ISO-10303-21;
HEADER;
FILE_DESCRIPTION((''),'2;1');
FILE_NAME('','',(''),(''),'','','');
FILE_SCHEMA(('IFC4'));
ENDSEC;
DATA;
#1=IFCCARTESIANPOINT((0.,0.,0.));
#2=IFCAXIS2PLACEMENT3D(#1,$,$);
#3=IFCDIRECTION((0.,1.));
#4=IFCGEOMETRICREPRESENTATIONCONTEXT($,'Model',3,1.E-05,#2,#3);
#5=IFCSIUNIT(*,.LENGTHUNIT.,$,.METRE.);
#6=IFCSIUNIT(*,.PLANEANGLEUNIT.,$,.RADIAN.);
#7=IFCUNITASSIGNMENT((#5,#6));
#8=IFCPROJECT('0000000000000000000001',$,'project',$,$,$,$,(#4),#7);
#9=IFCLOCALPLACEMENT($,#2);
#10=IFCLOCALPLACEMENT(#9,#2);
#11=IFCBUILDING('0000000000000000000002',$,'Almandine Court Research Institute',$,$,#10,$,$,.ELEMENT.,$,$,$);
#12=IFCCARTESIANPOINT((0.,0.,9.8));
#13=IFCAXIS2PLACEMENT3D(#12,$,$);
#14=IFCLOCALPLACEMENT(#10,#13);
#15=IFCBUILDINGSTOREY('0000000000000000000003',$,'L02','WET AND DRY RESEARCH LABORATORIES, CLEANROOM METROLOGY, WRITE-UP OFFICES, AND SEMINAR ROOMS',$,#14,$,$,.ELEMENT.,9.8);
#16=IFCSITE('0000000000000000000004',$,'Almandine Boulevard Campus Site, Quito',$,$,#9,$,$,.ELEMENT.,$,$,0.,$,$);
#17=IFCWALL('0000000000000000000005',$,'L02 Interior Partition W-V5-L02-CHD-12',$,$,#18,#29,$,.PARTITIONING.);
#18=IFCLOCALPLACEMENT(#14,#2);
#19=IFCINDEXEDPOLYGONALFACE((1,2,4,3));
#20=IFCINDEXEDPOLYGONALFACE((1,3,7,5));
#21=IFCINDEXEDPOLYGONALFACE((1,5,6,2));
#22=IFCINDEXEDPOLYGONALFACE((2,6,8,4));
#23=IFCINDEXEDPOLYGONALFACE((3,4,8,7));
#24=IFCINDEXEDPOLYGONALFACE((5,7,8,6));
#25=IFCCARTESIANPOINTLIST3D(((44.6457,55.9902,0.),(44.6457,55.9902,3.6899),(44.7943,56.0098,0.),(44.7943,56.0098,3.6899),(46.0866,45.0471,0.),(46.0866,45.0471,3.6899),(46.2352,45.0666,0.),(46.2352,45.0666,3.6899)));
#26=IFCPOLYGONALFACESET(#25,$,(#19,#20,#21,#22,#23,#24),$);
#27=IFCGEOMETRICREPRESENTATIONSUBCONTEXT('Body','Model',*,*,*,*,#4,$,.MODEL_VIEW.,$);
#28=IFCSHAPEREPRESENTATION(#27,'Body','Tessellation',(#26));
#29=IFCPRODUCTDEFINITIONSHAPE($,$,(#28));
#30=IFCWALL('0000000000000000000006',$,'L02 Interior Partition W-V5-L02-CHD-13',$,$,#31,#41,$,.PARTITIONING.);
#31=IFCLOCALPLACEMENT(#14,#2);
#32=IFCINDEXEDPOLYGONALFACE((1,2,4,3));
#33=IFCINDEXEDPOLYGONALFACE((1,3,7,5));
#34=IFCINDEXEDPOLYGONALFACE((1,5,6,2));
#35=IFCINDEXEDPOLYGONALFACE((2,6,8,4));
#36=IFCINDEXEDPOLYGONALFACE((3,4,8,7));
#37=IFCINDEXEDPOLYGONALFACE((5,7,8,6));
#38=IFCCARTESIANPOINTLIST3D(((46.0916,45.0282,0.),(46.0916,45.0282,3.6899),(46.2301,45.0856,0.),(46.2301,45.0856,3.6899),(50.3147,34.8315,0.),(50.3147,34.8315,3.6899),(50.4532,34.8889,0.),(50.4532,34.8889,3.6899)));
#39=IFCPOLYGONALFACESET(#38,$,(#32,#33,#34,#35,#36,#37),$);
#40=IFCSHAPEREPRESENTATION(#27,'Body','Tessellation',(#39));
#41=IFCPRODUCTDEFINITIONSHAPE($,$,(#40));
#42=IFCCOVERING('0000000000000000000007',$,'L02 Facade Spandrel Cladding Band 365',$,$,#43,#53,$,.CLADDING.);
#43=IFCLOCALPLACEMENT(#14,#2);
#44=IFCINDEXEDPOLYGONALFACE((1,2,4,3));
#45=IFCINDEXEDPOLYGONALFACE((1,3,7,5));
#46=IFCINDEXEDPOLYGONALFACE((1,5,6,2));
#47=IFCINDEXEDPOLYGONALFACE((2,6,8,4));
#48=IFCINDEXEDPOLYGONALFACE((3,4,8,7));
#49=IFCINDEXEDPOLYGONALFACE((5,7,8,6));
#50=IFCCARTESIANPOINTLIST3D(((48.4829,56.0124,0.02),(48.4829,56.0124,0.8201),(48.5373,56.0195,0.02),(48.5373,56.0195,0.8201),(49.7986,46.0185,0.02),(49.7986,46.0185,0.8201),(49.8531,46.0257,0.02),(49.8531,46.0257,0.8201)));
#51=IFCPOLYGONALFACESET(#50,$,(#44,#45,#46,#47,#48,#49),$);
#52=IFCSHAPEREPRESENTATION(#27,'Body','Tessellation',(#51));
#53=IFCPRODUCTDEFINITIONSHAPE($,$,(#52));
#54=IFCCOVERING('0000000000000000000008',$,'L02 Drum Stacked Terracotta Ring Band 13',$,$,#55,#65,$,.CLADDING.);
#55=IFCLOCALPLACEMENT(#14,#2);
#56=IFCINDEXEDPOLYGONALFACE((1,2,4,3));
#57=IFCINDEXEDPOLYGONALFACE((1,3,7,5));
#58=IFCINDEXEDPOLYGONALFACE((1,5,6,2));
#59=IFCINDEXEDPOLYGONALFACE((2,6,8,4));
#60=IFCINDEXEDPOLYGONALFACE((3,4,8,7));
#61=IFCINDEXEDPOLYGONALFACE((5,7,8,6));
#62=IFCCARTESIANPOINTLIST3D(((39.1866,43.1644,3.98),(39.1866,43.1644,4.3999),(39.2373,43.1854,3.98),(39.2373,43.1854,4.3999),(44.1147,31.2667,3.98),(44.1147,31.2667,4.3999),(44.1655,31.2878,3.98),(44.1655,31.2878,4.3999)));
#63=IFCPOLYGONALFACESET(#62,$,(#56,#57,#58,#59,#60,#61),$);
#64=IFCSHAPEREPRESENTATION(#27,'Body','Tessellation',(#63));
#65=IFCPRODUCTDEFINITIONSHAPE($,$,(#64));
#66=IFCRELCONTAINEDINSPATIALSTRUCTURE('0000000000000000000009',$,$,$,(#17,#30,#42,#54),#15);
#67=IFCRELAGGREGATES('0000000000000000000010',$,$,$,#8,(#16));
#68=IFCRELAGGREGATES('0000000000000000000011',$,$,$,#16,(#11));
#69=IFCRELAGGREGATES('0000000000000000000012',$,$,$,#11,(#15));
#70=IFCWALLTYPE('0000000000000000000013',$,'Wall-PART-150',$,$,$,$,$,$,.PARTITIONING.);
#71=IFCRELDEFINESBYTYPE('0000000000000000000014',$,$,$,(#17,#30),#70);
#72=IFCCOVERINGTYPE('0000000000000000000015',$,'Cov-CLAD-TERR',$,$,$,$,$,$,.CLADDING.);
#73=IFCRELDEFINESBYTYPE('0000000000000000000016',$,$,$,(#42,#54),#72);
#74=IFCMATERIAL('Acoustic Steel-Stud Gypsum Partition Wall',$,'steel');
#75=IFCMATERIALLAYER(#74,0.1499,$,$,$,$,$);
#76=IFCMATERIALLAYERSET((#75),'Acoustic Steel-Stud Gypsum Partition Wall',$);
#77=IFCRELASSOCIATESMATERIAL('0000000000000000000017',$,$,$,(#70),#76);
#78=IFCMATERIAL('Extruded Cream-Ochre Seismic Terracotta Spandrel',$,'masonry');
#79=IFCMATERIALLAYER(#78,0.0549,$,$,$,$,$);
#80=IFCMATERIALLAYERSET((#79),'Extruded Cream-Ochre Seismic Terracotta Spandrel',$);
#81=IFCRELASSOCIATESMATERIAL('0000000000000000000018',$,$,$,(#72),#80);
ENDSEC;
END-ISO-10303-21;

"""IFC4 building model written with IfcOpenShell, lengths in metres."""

from ifc_helpers import new_model, si_unit, direction, frame, frame_2d, origin, origin_2d, place, context, subcontext, project, spatial, rectangle, extrude, material, layer, layer_set, type_object, element, save


model = new_model("IFC4")

# Units and contexts
model_context = context("Model", 3, precision=1e-05, world=origin(), true_north=direction((0.0, 1.0)))
body_context = subcontext(model_context, "Body", "Model", "MODEL_VIEW")
ifc_project = project(units=[si_unit("LENGTHUNIT", "METRE"), si_unit("PLANEANGLEUNIT", "RADIAN")], contexts=[model_context])

# Site, building, storey
site_placement = place(None, origin())
site = spatial("IfcSite", under=ifc_project, at=site_placement, Name="Almandine Boulevard Campus Site, Quito", CompositionType="ELEMENT", RefElevation=0.0)
building_placement = place(site_placement, origin())
building = spatial("IfcBuilding", under=site, at=building_placement, Name="Almandine Court Research Institute", CompositionType="ELEMENT")
storey_placement = place(building_placement, frame((0.0, 0.0, 9.8)))
storey = spatial("IfcBuildingStorey", under=building, at=storey_placement, Name="L02", Description="WET AND DRY RESEARCH LABORATORIES, CLEANROOM METROLOGY, WRITE-UP OFFICES, AND SEMINAR ROOMS", CompositionType="ELEMENT", Elevation=9.8)

# Walls
ifc_material_1 = material(Name="Acoustic Steel-Stud Gypsum Partition Wall", Category="steel")
ifc_layer_1 = layer(ifc_material_1, 0.1499)
ifc_layer_set_1 = layer_set([ifc_layer_1], Name="Acoustic Steel-Stud Gypsum Partition Wall")
wall_type_1 = type_object("IfcWallType", Name="Wall-PART-150", PredefinedType="PARTITIONING", material=ifc_layer_set_1)
wall_1_placement = place(storey_placement, frame((44.72, 56.0, 0.0), z_axis=(0.0, 0.0, 1.0), x_axis=(0.130547, -0.991442, 0.0)))
element("IfcWall", 1, at=wall_1_placement, inside=storey, type_object=wall_type_1, Name="L02 Interior Partition W-V5-L02-CHD-12", PredefinedType="PARTITIONING", context=body_context, shape_type="SweptSolid", body=[
    extrude(rectangle(XDim=11.0376, YDim=0.1499, at=frame_2d((5.5188, 0.0))), origin(), (0.0, 0.0, 1.0), 3.6899),
])
wall_2_placement = place(storey_placement, frame((46.1609, 45.0569, 0.0), z_axis=(0.0, 0.0, 1.0), x_axis=(0.382645, -0.923896, 0.0)))
element("IfcWall", 2, at=wall_2_placement, inside=storey, type_object=wall_type_1, Name="L02 Interior Partition W-V5-L02-CHD-13", PredefinedType="PARTITIONING", context=body_context, shape_type="SweptSolid", body=[
    extrude(rectangle(XDim=11.0366, YDim=0.1499, at=frame_2d((5.5183, 0.0))), origin(), (0.0, 0.0, 1.0), 3.6899),
])

# Coverings
ifc_material_2 = material(Name="Extruded Cream-Ochre Seismic Terracotta Spandrel", Category="masonry")
ifc_layer_2 = layer(ifc_material_2, 0.0549)
ifc_layer_set_2 = layer_set([ifc_layer_2], Name="Extruded Cream-Ochre Seismic Terracotta Spandrel")
covering_type = type_object("IfcCoveringType", Name="Cov-CLAD-TERR", PredefinedType="CLADDING", material=ifc_layer_set_2)
covering_1_placement = place(storey_placement, frame((49.168, 51.019, 0.02), z_axis=(0.0, 0.0, 1.0), x_axis=(0.130526, -0.991445, 0.0)))
element("IfcCovering", 3, at=covering_1_placement, inside=storey, type_object=covering_type, Name="L02 Facade Spandrel Cladding Band 365", PredefinedType="CLADDING", context=body_context, shape_type="SweptSolid", body=[
    extrude(rectangle(XDim=10.0801, YDim=0.0549, at=origin_2d()), origin(), (0.0, 0.0, 1.0), 0.8),
])
covering_2_placement = place(storey_placement, frame((41.676, 37.2261, 3.98), z_axis=(0.0, 0.0, 1.0), x_axis=(-0.382683, 0.92388, 0.0)))
element("IfcCovering", 4, at=covering_2_placement, inside=storey, type_object=covering_type, Name="L02 Drum Stacked Terracotta Ring Band 13", PredefinedType="CLADDING", context=body_context, shape_type="SweptSolid", body=[
    extrude(rectangle(XDim=12.8779, YDim=0.0549, at=origin_2d()), origin(), (0.0, 0.0, 1.0), 0.4199),
])

save(model, "model.ifc")
